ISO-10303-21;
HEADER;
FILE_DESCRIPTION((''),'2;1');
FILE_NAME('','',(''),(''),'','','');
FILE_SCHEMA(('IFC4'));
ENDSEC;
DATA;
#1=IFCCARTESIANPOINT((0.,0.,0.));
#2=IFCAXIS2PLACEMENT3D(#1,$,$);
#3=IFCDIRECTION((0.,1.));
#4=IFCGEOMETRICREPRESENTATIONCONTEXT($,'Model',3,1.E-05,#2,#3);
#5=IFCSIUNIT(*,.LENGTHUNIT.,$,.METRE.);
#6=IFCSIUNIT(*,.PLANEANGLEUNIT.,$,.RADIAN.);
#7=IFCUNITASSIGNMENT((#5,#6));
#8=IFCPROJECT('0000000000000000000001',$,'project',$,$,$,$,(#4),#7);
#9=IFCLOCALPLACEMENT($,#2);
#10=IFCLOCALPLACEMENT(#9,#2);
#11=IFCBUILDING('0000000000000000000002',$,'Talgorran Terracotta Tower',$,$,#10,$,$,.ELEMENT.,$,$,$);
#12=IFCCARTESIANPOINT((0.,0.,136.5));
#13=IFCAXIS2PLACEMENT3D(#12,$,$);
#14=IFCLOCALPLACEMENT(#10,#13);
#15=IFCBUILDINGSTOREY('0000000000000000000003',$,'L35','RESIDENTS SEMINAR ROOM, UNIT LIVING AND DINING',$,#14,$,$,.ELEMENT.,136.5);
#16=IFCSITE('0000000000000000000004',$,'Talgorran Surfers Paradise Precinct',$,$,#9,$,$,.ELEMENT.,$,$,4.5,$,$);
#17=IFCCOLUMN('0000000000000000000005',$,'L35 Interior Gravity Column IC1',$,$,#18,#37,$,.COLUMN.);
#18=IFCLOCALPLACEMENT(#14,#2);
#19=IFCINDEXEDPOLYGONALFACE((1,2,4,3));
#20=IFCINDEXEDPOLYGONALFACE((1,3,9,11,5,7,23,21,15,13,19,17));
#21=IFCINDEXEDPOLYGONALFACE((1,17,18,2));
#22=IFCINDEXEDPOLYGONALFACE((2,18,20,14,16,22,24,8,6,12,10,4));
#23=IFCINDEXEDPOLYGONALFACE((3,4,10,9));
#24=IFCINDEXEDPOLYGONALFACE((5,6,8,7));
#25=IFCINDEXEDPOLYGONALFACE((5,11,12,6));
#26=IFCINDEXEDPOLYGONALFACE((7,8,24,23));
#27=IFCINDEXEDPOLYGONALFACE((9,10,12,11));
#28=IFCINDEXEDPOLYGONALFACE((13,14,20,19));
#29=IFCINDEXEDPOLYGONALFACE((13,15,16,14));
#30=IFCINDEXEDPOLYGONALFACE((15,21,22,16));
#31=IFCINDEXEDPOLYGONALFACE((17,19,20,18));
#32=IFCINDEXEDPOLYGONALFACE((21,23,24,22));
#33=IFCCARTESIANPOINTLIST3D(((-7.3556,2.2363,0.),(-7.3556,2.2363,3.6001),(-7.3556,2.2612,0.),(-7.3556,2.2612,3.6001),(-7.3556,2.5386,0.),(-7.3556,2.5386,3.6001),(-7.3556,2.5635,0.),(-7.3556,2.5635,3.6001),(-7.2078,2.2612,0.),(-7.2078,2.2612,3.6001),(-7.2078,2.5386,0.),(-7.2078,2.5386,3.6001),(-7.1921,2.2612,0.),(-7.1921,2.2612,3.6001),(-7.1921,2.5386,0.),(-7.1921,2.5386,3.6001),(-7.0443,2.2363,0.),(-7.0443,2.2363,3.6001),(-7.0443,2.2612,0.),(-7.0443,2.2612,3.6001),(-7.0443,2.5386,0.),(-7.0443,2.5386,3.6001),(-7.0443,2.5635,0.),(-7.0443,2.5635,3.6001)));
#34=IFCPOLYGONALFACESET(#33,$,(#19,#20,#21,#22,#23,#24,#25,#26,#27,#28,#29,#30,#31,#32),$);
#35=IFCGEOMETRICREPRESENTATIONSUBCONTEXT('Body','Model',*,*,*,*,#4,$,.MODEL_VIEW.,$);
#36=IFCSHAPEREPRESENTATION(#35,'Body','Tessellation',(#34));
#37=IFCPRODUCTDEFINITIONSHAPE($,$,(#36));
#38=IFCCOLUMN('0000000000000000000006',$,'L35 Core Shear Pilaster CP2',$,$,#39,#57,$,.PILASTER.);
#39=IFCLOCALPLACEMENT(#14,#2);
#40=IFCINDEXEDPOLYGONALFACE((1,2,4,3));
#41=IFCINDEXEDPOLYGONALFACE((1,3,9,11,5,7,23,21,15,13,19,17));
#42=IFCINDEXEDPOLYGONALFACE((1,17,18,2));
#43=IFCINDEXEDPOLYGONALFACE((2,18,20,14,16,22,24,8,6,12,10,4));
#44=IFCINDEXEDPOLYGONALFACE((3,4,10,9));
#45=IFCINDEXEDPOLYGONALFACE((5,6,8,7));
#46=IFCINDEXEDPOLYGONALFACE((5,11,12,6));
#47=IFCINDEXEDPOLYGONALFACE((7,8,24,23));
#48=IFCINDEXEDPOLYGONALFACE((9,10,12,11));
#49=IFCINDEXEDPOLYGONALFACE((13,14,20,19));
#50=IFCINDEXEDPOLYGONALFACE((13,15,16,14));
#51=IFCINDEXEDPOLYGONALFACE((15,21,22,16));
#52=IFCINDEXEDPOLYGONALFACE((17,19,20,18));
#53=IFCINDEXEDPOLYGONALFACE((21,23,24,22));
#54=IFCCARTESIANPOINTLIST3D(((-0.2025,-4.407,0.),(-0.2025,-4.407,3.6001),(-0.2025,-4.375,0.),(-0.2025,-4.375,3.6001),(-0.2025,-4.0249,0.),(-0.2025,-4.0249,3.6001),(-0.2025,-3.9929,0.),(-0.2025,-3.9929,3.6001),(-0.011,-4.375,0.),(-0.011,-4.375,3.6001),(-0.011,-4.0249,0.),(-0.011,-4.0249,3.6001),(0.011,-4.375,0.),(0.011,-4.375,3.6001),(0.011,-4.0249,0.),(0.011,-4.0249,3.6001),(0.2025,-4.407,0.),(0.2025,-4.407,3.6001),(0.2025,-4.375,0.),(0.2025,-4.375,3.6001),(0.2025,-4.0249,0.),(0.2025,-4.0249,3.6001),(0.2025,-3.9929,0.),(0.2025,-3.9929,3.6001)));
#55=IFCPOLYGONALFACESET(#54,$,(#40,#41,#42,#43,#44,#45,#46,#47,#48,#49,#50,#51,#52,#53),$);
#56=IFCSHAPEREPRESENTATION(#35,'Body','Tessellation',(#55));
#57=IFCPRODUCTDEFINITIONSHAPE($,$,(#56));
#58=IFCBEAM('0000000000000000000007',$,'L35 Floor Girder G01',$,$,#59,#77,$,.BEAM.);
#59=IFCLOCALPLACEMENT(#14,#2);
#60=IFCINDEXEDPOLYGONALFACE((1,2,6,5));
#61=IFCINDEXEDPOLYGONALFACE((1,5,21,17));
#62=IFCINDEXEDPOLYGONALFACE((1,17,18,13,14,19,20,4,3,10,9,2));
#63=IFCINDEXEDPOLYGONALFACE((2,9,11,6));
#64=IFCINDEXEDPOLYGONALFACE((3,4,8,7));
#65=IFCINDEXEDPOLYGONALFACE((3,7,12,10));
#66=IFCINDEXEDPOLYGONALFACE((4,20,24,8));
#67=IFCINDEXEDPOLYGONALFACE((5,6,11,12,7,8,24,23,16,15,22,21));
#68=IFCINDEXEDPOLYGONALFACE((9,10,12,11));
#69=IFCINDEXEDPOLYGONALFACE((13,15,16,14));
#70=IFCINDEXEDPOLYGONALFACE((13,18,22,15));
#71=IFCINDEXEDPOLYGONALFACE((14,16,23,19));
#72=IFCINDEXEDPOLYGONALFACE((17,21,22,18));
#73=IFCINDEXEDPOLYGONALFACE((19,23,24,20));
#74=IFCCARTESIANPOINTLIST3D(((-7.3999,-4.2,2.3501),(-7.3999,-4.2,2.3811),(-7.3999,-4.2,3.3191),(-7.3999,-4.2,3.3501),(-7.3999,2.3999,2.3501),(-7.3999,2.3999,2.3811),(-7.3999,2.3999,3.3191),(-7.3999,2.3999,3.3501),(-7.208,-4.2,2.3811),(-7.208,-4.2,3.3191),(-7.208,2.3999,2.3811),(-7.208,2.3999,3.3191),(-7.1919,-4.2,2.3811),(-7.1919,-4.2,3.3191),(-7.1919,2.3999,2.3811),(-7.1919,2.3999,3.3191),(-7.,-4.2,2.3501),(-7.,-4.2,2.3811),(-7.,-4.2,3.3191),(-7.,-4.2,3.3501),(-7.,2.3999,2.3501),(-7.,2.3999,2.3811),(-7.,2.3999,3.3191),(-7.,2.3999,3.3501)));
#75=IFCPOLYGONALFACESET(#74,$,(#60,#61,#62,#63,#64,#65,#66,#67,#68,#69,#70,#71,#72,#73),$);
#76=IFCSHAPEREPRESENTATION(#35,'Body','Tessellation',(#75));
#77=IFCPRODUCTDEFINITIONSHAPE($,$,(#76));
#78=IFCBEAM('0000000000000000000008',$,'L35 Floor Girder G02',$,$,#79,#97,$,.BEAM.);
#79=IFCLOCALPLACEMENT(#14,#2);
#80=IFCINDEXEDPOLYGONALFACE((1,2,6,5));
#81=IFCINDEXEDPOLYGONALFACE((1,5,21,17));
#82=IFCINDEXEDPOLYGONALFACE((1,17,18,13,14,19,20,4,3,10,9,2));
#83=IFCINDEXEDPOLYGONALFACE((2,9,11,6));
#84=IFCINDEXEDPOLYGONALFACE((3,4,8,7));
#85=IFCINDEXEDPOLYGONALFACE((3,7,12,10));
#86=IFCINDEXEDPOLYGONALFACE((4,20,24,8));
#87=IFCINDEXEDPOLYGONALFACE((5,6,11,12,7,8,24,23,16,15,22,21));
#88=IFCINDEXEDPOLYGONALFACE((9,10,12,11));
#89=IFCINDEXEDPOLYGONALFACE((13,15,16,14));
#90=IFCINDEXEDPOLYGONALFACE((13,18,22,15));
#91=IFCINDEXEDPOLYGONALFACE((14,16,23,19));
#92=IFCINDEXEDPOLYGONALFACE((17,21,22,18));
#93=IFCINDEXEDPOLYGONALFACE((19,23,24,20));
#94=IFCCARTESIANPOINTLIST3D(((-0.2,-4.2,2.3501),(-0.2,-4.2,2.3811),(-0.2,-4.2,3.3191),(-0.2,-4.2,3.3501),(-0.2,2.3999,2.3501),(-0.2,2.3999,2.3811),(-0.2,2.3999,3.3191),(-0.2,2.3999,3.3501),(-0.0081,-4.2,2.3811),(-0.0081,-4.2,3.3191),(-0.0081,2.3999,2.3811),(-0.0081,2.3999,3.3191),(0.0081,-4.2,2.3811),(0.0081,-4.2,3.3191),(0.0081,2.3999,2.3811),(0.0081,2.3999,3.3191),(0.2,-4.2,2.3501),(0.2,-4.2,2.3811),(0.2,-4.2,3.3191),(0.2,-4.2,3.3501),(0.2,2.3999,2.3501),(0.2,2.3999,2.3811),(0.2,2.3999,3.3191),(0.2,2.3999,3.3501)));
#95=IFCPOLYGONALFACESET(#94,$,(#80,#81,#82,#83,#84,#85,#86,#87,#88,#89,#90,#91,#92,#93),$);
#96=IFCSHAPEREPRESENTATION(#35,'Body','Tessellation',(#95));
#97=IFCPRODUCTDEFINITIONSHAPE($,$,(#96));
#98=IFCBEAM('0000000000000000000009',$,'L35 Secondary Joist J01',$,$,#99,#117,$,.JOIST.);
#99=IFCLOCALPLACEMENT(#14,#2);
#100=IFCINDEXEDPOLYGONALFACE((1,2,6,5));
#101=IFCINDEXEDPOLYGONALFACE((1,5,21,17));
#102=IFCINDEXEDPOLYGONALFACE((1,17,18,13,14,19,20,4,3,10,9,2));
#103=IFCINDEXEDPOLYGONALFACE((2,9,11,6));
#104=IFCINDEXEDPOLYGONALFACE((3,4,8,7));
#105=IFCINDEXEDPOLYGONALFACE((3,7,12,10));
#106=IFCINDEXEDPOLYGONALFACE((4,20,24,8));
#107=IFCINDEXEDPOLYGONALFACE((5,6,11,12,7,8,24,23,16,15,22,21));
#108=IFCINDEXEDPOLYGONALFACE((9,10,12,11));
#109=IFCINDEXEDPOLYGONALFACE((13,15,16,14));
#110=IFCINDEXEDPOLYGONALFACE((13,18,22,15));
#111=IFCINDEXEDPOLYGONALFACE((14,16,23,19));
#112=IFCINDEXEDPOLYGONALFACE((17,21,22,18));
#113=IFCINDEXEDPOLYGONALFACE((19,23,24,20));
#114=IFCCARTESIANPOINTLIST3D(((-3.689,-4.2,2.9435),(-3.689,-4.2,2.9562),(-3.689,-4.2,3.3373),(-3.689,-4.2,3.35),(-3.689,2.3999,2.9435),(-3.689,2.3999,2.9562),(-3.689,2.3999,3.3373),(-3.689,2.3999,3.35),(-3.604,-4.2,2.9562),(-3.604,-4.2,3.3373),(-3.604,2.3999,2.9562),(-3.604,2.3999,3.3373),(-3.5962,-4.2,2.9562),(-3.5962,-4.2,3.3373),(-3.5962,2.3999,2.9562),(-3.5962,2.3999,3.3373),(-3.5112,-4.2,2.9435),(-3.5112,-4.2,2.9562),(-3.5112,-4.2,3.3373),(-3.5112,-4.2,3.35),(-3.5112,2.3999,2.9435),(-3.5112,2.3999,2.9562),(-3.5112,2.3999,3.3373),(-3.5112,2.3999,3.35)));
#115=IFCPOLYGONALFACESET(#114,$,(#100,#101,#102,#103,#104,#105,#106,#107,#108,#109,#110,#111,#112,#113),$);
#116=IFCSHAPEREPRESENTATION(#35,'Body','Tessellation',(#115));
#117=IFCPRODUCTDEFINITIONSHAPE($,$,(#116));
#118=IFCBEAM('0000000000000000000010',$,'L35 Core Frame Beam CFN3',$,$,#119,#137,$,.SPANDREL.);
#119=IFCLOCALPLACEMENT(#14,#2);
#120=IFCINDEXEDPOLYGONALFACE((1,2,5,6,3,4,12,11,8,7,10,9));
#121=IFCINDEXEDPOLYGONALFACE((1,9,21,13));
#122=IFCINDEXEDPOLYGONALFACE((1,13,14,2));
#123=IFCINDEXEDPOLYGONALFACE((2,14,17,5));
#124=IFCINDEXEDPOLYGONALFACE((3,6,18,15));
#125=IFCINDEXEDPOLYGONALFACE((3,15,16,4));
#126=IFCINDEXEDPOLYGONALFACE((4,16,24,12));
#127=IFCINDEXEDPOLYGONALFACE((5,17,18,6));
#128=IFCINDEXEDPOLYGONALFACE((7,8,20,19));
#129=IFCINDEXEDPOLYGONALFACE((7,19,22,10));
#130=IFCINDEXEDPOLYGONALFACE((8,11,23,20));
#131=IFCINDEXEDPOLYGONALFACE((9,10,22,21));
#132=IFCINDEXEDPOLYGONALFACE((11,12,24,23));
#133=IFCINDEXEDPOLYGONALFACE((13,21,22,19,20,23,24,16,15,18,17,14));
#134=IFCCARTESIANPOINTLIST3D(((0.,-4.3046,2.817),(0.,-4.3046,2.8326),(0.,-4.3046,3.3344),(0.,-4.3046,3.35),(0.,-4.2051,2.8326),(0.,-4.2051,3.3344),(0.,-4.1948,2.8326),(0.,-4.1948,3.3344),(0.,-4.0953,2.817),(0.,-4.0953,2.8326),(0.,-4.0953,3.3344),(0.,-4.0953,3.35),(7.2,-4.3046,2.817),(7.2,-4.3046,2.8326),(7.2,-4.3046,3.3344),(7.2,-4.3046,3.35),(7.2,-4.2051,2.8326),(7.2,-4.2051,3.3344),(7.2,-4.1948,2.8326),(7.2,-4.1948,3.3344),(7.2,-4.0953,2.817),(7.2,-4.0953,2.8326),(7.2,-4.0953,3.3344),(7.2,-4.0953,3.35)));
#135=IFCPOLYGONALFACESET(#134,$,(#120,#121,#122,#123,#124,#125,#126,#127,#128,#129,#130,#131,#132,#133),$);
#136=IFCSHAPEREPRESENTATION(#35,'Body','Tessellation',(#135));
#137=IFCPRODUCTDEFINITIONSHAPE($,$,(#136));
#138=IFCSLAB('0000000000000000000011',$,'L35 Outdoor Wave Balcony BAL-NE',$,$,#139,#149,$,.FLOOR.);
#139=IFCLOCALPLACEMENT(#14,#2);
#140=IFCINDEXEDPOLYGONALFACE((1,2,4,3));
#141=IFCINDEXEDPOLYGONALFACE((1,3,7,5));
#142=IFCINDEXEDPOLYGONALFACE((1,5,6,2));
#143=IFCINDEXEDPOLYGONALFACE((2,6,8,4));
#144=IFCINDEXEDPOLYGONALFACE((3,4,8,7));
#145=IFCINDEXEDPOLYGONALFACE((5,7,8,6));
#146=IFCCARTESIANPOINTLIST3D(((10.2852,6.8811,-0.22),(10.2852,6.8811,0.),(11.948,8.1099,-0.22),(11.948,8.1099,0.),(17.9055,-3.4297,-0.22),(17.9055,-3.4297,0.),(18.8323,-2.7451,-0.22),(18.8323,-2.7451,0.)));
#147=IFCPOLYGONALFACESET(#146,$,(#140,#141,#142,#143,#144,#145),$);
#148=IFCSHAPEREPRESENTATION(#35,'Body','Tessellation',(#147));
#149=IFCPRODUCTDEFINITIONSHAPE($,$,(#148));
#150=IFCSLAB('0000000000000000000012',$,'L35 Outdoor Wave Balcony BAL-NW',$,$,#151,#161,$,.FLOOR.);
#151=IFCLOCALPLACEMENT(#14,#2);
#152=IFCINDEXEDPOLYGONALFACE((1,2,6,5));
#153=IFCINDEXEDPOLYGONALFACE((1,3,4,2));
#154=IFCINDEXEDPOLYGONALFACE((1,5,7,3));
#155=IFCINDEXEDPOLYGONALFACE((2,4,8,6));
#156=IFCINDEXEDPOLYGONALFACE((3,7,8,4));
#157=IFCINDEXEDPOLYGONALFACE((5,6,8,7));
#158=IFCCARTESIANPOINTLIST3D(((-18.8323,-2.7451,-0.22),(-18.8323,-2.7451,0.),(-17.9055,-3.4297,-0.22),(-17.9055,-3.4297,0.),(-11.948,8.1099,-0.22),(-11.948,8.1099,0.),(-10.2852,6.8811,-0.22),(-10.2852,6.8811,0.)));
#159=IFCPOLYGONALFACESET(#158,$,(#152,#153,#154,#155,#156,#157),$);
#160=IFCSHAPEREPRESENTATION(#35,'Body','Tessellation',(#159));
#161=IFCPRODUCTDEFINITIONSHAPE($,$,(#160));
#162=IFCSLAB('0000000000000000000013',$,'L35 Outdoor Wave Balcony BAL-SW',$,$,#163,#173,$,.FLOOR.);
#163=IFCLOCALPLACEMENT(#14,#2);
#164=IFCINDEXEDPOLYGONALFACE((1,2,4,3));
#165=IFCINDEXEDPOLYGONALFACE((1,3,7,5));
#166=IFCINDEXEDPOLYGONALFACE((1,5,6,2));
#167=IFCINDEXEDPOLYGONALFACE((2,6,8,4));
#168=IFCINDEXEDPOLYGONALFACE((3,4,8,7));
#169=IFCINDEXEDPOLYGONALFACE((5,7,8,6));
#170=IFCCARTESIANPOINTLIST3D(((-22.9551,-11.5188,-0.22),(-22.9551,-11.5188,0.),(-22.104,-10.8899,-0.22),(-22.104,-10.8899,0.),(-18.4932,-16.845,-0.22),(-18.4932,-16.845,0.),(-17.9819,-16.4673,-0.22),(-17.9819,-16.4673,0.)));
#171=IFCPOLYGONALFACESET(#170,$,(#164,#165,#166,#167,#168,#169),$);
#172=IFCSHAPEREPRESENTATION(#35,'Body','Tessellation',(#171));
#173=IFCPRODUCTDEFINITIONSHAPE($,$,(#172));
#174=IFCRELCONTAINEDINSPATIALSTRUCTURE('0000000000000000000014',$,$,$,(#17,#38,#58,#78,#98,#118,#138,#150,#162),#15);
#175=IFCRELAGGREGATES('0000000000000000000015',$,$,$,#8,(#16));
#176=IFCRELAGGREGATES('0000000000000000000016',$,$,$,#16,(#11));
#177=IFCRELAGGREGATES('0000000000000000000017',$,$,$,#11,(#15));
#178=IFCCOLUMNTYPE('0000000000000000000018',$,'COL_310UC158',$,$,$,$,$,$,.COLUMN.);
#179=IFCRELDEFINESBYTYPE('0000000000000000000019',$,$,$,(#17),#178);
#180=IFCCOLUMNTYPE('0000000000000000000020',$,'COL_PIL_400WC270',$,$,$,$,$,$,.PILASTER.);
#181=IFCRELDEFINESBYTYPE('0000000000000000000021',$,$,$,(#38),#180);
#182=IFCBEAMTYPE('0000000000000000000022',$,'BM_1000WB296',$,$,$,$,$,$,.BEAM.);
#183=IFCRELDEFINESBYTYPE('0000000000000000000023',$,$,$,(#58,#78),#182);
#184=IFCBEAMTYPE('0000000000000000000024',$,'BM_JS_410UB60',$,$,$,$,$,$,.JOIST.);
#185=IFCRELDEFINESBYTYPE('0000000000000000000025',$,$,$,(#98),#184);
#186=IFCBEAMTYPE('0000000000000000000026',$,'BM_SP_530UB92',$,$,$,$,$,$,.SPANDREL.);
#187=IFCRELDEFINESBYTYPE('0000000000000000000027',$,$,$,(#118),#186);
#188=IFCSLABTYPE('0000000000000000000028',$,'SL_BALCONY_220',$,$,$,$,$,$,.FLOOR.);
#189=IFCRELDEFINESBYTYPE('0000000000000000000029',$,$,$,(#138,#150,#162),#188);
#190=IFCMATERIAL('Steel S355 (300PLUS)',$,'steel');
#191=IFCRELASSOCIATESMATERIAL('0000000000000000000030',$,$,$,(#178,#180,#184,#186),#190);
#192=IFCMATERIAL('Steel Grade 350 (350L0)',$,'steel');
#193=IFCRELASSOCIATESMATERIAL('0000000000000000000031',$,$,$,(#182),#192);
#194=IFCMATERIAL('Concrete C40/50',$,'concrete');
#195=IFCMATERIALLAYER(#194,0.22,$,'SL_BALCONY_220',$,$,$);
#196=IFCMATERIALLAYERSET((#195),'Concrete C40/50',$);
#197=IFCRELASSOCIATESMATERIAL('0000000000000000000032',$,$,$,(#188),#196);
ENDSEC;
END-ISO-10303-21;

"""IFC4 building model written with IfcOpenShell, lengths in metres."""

from ifc_helpers import new_model, si_unit, direction, frame, origin, origin_2d, place, context, subcontext, project, spatial, polyline, i_section, outline, extrude, material, layer, layer_set, material_profile, profile_set, type_object, element, save


model = new_model("IFC4")

# Units and contexts
model_context = context("Model", 3, precision=1e-05, world=origin(), true_north=direction((0.0, 1.0)))
body_context = subcontext(model_context, "Body", "Model", "MODEL_VIEW")
ifc_project = project(units=[si_unit("LENGTHUNIT", "METRE"), si_unit("PLANEANGLEUNIT", "RADIAN")], contexts=[model_context])

# Site, building, storey
site_placement = place(None, origin())
site = spatial("IfcSite", under=ifc_project, at=site_placement, Name="Talgorran Surfers Paradise Precinct", CompositionType="ELEMENT", RefElevation=4.5)
building_placement = place(site_placement, origin())
building = spatial("IfcBuilding", under=site, at=building_placement, Name="Talgorran Terracotta Tower", CompositionType="ELEMENT")
storey_placement = place(building_placement, frame((0.0, 0.0, 136.5)))
storey = spatial("IfcBuildingStorey", under=building, at=storey_placement, Name="L35", Description="RESIDENTS SEMINAR ROOM, UNIT LIVING AND DINING", CompositionType="ELEMENT", Elevation=136.5)

# Columns
ifc_material_1 = material(Name="Steel S355 (300PLUS)", Category="steel")
ifc_material_profile_1 = material_profile(ifc_material_1, i_section(OverallWidth=0.3113, OverallDepth=0.3271, WebThickness=0.0156, FlangeThickness=0.0249, at=origin_2d()), Name="310UC158")
ifc_profile_set_1 = profile_set([ifc_material_profile_1], Name="Steel S355 (300PLUS)")
column_type_1 = type_object("IfcColumnType", Name="COL_310UC158", PredefinedType="COLUMN", material=ifc_profile_set_1)
column_1_placement = place(storey_placement, frame((-7.2, 2.3999, 0.0), z_axis=(0.0, 0.0, 1.0), x_axis=(1.0, 0.0, 0.0)))
element("IfcColumn", 1, at=column_1_placement, inside=storey, type_object=column_type_1, Name="L35 Interior Gravity Column IC1", PredefinedType="COLUMN", context=body_context, shape_type="SweptSolid", body=[
    extrude(i_section(OverallWidth=0.3113, OverallDepth=0.3271, WebThickness=0.0156, FlangeThickness=0.0249, at=origin_2d()), origin(), (0.0, 0.0, 1.0), 3.6001),
])
ifc_material_profile_2 = material_profile(ifc_material_1, i_section(OverallWidth=0.405, OverallDepth=0.4141, WebThickness=0.022, FlangeThickness=0.032, at=origin_2d()), Name="400WC270")
ifc_profile_set_2 = profile_set([ifc_material_profile_2], Name="Steel S355 (300PLUS)")
column_type_2 = type_object("IfcColumnType", Name="COL_PIL_400WC270", PredefinedType="PILASTER", material=ifc_profile_set_2)
column_2_placement = place(storey_placement, frame((0.0, -4.2, 0.0), z_axis=(0.0, 0.0, 1.0), x_axis=(1.0, 0.0, 0.0)))
element("IfcColumn", 2, at=column_2_placement, inside=storey, type_object=column_type_2, Name="L35 Core Shear Pilaster CP2", PredefinedType="PILASTER", context=body_context, shape_type="SweptSolid", body=[
    extrude(i_section(OverallWidth=0.405, OverallDepth=0.4141, WebThickness=0.022, FlangeThickness=0.032, at=origin_2d()), origin(), (0.0, 0.0, 1.0), 3.6001),
])

# Beams
ifc_material_2 = material(Name="Steel Grade 350 (350L0)", Category="steel")
ifc_material_profile_3 = material_profile(ifc_material_2, i_section(OverallWidth=0.3999, OverallDepth=1.0, WebThickness=0.0161, FlangeThickness=0.031, at=origin_2d()), Name="1000WB296")
ifc_profile_set_3 = profile_set([ifc_material_profile_3], Name="Steel Grade 350 (350L0)")
beam_type_1 = type_object("IfcBeamType", Name="BM_1000WB296", PredefinedType="BEAM", material=ifc_profile_set_3)
for number, where, z_axis, x_axis, name in (
    (3, (-7.2, -4.2, 2.8501), (0.0, 1.0, 0.0), (-1.0, 0.0, 0.0), "L35 Floor Girder G01"),
    (4, (0.0, -4.2, 2.8501), (0.0, 1.0, 0.0), (-1.0, 0.0, 0.0), "L35 Floor Girder G02"),
):
    element("IfcBeam", number, at=place(storey_placement, frame(where, z_axis=z_axis, x_axis=x_axis)), inside=storey, type_object=beam_type_1, Name=name, PredefinedType="BEAM", context=body_context, shape_type="SweptSolid", body=[
        extrude(i_section(OverallWidth=0.3999, OverallDepth=1.0, WebThickness=0.0161, FlangeThickness=0.031, at=origin_2d()), origin(), (0.0, 0.0, 1.0), 6.5999),
    ])
ifc_material_profile_4 = material_profile(ifc_material_1, i_section(OverallWidth=0.1777, OverallDepth=0.4065, WebThickness=0.0078, FlangeThickness=0.0127, at=origin_2d()), Name="410UB59.7")
ifc_profile_set_4 = profile_set([ifc_material_profile_4], Name="Steel S355 (300PLUS)")
beam_type_2 = type_object("IfcBeamType", Name="BM_JS_410UB60", PredefinedType="JOIST", material=ifc_profile_set_4)
beam_1_placement = place(storey_placement, frame((-3.6001, -4.2, 3.1467), z_axis=(0.0, 1.0, 0.0), x_axis=(-1.0, 0.0, 0.0)))
element("IfcBeam", 5, at=beam_1_placement, inside=storey, type_object=beam_type_2, Name="L35 Secondary Joist J01", PredefinedType="JOIST", context=body_context, shape_type="SweptSolid", body=[
    extrude(i_section(OverallWidth=0.1777, OverallDepth=0.4065, WebThickness=0.0078, FlangeThickness=0.0127, at=origin_2d()), origin(), (0.0, 0.0, 1.0), 6.5999),
])
ifc_material_profile_5 = material_profile(ifc_material_1, i_section(OverallWidth=0.2092, OverallDepth=0.533, WebThickness=0.0103, FlangeThickness=0.0156, at=origin_2d()), Name="530UB92.4")
ifc_profile_set_5 = profile_set([ifc_material_profile_5], Name="Steel S355 (300PLUS)")
beam_type_3 = type_object("IfcBeamType", Name="BM_SP_530UB92", PredefinedType="SPANDREL", material=ifc_profile_set_5)
beam_2_placement = place(storey_placement, frame((0.0, -4.2, 3.0835), z_axis=(1.0, 0.0, 0.0), x_axis=(0.0, 1.0, 0.0)))
element("IfcBeam", 6, at=beam_2_placement, inside=storey, type_object=beam_type_3, Name="L35 Core Frame Beam CFN3", PredefinedType="SPANDREL", context=body_context, shape_type="SweptSolid", body=[
    extrude(i_section(OverallWidth=0.2092, OverallDepth=0.533, WebThickness=0.0103, FlangeThickness=0.0156, at=origin_2d()), origin(), (0.0, 0.0, 1.0), 7.2),
])

# Slabs
ifc_material_3 = material(Name="Concrete C40/50", Category="concrete")
ifc_layer_1 = layer(ifc_material_3, 0.22, Name="SL_BALCONY_220")
ifc_layer_set_1 = layer_set([ifc_layer_1], Name="Concrete C40/50")
slab_type_1 = type_object("IfcSlabType", Name="SL_BALCONY_220", PredefinedType="FLOOR", material=ifc_layer_set_1)
slab_1_placement = place(storey_placement, frame((0.0, 0.0, -0.22)))
element("IfcSlab", 7, at=slab_1_placement, inside=storey, type_object=slab_type_1, Name="L35 Outdoor Wave Balcony BAL-NE", PredefinedType="FLOOR", context=body_context, shape_type="SweptSolid", body=[
    extrude(outline(polyline([(10.2852, 6.8811), (17.9055, -3.4297), (18.8323, -2.7451), (11.948, 8.1099), (10.2852, 6.8811)])), origin(), (0.0, 0.0, 1.0), 0.22),
])
slab_2_placement = place(storey_placement, frame((0.0, 0.0, -0.22)))
element("IfcSlab", 8, at=slab_2_placement, inside=storey, type_object=slab_type_1, Name="L35 Outdoor Wave Balcony BAL-NW", PredefinedType="FLOOR", context=body_context, shape_type="SweptSolid", body=[
    extrude(outline(polyline([(-17.9055, -3.4297), (-10.2852, 6.8811), (-11.948, 8.1099), (-18.8323, -2.7451), (-17.9055, -3.4297)])), origin(), (0.0, 0.0, 1.0), 0.22),
])
slab_3_placement = place(storey_placement, frame((0.0, 0.0, -0.22)))
element("IfcSlab", 9, at=slab_3_placement, inside=storey, type_object=slab_type_1, Name="L35 Outdoor Wave Balcony BAL-SW", PredefinedType="FLOOR", context=body_context, shape_type="SweptSolid", body=[
    extrude(outline(polyline([(-17.9819, -16.4673), (-22.104, -10.8899), (-22.9551, -11.5188), (-18.4932, -16.845), (-17.9819, -16.4673)])), origin(), (0.0, 0.0, 1.0), 0.22),
])

save(model, "model.ifc")
